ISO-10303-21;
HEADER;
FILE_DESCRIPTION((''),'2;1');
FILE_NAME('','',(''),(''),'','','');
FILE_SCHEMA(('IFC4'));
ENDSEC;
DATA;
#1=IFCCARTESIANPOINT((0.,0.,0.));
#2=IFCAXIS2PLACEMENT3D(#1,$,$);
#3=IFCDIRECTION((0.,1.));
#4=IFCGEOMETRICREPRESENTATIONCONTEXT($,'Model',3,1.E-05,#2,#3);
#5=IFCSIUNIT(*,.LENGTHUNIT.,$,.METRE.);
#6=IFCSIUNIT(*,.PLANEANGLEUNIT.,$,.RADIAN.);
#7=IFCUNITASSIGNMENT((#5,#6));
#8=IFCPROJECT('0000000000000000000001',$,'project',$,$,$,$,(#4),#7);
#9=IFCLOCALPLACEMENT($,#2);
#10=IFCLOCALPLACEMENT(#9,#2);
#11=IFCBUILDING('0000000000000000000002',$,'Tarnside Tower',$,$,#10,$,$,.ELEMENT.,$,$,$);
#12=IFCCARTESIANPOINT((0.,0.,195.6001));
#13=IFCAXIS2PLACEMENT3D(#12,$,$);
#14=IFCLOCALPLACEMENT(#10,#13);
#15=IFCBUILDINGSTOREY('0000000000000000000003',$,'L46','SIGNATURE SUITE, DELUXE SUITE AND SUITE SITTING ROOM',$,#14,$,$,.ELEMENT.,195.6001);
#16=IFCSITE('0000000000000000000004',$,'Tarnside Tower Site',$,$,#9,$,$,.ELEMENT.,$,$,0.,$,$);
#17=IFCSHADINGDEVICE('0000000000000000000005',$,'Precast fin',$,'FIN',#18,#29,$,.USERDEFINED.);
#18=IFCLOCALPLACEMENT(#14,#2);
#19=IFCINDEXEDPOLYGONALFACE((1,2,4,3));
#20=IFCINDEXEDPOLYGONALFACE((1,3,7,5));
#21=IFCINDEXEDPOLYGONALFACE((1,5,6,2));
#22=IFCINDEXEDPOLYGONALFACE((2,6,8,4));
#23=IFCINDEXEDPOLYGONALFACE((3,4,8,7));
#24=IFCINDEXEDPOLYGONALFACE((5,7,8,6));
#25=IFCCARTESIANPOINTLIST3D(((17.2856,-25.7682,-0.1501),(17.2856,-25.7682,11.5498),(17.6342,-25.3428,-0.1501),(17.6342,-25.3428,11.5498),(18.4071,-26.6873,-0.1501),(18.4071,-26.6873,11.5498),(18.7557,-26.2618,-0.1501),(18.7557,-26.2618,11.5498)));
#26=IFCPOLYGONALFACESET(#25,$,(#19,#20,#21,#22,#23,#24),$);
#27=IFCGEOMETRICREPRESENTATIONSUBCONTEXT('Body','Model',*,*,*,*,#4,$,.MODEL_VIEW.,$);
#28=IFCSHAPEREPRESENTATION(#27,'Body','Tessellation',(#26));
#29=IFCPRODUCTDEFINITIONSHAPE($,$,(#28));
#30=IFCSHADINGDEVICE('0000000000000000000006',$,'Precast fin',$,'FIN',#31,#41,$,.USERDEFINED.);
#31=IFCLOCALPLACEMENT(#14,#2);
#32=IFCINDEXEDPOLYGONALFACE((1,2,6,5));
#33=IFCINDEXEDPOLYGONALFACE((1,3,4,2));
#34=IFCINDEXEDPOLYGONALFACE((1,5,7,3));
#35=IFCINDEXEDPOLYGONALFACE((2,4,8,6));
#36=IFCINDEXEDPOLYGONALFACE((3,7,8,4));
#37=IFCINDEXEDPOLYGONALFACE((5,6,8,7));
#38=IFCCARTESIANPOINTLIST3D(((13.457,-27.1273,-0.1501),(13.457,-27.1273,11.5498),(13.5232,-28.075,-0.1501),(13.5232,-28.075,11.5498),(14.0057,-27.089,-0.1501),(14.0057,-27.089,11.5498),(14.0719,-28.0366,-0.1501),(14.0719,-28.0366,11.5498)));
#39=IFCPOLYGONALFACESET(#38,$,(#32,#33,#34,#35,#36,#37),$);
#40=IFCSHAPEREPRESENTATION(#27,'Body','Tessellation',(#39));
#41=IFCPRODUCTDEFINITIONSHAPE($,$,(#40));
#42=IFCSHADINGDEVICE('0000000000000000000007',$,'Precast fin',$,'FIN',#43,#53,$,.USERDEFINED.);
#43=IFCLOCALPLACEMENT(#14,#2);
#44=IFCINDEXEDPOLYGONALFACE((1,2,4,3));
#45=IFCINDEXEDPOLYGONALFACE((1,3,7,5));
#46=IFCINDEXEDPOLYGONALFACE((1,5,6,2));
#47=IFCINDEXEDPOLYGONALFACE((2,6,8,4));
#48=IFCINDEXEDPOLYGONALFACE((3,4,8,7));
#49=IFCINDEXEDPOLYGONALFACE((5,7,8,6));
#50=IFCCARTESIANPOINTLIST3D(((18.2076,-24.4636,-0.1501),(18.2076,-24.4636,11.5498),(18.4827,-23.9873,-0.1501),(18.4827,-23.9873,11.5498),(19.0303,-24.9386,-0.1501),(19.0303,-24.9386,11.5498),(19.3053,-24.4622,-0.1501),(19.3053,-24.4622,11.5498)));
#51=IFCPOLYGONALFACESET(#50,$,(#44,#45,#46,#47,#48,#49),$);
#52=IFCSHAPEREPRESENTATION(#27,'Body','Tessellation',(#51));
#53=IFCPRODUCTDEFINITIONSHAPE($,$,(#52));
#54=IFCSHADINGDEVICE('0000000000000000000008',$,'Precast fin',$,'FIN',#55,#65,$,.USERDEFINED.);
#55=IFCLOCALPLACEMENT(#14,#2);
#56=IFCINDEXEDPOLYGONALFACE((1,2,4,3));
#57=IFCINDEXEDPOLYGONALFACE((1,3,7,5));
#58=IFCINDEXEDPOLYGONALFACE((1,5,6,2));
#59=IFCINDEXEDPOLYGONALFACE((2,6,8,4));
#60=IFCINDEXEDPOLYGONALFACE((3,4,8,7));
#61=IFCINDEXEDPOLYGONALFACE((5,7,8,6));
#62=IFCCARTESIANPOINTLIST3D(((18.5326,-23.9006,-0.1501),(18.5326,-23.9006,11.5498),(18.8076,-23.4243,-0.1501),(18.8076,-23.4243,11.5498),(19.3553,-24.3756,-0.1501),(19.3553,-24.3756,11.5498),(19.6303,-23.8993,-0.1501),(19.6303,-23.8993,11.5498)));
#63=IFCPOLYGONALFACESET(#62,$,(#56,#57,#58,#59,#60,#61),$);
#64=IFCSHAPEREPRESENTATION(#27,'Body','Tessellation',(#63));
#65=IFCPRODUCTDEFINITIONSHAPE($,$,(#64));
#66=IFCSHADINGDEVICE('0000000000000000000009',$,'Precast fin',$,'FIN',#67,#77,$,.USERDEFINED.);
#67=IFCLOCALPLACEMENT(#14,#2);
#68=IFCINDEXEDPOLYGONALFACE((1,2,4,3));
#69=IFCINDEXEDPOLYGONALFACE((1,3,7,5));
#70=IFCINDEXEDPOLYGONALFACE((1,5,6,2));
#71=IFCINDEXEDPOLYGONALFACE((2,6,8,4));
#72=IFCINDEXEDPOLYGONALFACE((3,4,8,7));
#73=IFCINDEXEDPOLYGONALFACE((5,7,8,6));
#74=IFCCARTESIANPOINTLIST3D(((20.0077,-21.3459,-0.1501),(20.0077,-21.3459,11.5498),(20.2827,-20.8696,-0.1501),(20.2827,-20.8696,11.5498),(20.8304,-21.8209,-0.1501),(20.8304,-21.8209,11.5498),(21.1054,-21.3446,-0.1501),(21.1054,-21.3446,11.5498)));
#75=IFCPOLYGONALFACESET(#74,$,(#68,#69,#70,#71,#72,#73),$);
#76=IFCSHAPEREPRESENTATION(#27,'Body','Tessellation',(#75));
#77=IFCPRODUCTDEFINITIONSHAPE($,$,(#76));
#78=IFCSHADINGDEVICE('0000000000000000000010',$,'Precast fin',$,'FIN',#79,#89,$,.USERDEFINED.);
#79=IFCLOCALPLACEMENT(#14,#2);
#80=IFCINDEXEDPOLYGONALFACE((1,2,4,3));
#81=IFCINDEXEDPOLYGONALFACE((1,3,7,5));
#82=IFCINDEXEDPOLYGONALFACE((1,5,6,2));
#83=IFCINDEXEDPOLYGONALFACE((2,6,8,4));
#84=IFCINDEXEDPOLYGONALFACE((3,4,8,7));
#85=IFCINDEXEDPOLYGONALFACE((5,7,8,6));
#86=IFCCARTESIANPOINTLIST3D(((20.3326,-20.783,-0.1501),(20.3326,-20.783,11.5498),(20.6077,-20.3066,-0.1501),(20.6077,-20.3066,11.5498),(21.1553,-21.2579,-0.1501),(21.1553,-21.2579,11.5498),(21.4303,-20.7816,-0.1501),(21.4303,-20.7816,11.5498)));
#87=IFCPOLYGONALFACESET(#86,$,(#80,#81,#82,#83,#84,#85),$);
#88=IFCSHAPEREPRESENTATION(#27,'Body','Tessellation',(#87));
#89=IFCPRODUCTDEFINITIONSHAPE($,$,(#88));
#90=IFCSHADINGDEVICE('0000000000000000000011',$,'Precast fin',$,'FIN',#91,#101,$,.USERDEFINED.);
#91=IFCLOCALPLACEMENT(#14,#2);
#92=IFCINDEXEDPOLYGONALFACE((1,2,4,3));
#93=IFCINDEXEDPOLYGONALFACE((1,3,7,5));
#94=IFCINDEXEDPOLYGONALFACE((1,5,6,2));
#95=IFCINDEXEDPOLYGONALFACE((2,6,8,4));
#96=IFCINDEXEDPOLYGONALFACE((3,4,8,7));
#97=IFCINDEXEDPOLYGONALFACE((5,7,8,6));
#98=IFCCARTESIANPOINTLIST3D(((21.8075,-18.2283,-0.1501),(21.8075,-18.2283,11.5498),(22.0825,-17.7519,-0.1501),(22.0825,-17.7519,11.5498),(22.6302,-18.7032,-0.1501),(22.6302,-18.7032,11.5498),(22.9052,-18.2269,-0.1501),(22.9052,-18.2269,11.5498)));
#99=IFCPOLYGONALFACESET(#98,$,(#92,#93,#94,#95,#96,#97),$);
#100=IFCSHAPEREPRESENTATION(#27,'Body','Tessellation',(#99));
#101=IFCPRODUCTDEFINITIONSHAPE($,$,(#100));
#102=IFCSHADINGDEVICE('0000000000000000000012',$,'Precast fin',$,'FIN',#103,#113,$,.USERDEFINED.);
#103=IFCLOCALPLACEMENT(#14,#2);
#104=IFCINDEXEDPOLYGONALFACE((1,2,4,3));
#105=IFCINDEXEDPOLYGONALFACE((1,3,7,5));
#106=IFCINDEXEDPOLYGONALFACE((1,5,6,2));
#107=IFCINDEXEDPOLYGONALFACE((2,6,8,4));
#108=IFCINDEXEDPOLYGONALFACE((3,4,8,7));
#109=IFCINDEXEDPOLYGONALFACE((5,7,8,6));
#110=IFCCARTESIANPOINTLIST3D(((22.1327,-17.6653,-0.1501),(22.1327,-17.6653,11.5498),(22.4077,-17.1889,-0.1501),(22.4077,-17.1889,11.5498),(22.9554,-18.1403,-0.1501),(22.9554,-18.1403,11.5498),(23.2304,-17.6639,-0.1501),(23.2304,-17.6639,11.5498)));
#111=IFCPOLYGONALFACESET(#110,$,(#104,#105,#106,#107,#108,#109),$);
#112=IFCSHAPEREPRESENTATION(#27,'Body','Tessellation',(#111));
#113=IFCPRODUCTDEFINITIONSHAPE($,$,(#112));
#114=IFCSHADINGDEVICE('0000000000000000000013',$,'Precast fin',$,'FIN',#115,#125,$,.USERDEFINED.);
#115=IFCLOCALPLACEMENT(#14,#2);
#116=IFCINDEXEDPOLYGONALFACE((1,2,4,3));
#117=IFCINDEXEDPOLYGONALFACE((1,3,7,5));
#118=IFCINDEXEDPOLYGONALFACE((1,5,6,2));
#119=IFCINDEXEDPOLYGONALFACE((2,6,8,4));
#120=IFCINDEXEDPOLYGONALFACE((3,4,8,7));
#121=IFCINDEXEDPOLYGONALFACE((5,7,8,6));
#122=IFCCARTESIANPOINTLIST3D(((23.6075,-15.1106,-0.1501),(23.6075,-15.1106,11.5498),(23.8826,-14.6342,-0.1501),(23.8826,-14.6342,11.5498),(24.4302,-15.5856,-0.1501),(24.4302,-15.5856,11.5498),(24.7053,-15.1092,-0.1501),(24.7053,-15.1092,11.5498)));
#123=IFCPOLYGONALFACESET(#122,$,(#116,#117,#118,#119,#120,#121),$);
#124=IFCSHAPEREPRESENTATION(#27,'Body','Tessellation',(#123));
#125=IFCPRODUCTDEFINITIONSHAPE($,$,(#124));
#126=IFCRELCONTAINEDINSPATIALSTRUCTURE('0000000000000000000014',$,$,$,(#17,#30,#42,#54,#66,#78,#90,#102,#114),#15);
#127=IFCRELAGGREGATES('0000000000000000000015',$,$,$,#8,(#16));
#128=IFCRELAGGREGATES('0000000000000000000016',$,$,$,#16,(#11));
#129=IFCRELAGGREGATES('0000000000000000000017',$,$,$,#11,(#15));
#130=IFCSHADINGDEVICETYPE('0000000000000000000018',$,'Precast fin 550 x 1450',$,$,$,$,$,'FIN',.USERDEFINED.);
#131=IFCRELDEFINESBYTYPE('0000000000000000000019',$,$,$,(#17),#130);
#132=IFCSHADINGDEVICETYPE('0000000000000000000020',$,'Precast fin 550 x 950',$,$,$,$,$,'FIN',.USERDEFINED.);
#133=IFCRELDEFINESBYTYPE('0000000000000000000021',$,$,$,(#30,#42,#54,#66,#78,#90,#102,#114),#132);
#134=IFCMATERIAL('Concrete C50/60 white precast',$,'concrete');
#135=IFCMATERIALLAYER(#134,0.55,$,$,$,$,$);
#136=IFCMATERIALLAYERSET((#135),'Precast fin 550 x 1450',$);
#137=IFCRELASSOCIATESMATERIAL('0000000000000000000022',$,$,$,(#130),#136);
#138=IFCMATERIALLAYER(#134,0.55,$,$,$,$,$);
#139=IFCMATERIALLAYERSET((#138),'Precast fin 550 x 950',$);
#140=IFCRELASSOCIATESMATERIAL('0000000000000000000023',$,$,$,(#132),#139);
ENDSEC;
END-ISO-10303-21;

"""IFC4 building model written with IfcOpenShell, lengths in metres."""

from ifc_helpers import new_model, si_unit, direction, frame, origin, place, context, subcontext, project, spatial, polyline, outline, extrude, material, layer, layer_set, type_object, element, save


model = new_model("IFC4")

# Units and contexts
model_context = context("Model", 3, precision=1e-05, world=origin(), true_north=direction((0.0, 1.0)))
body_context = subcontext(model_context, "Body", "Model", "MODEL_VIEW")
ifc_project = project(units=[si_unit("LENGTHUNIT", "METRE"), si_unit("PLANEANGLEUNIT", "RADIAN")], contexts=[model_context])

# Site, building, storey
site_placement = place(None, origin())
site = spatial("IfcSite", under=ifc_project, at=site_placement, Name="Tarnside Tower Site", CompositionType="ELEMENT", RefElevation=0.0)
building_placement = place(site_placement, origin())
building = spatial("IfcBuilding", under=site, at=building_placement, Name="Tarnside Tower", CompositionType="ELEMENT")
storey_placement = place(building_placement, frame((0.0, 0.0, 195.6001)))
storey = spatial("IfcBuildingStorey", under=building, at=storey_placement, Name="L46", Description="SIGNATURE SUITE, DELUXE SUITE AND SUITE SITTING ROOM", CompositionType="ELEMENT", Elevation=195.6001)

# Shading devices
ifc_material_1 = material(Name="Concrete C50/60 white precast", Category="concrete")
ifc_layer_1 = layer(ifc_material_1, 0.55)
ifc_layer_set_1 = layer_set([ifc_layer_1], Name="Precast fin 550 x 1450")
shading_device_type_1 = type_object("IfcShadingDeviceType", Name="Precast fin 550 x 1450", ElementType="FIN", PredefinedType="USERDEFINED", material=ifc_layer_set_1)
for number, where, z_axis, x_axis, name in (
    (1, (17.46, -25.5554, -0.1501), (-0.633831, -0.773472, 0.0), (0.773472, -0.633831, 0.0), "Precast fin"),
):
    element("IfcShadingDevice", number, at=place(storey_placement, frame(where, z_axis=z_axis, x_axis=x_axis)), inside=storey, type_object=shading_device_type_1, Name=name, ObjectType="FIN", PredefinedType="USERDEFINED", context=body_context, shape_type="SweptSolid", body=[
        extrude(outline(polyline([(0.0, 0.0), (1.45, 0.0), (1.45, 11.7), (0.0, 11.7), (0.0, 0.0)])), frame((0.0, 0.0, -0.2749)), (0.0, 0.0, 1.0), 0.55),
    ])
ifc_layer_2 = layer(ifc_material_1, 0.55)
ifc_layer_set_2 = layer_set([ifc_layer_2], Name="Precast fin 550 x 950")
shading_device_type_2 = type_object("IfcShadingDeviceType", Name="Precast fin 550 x 950", ElementType="FIN", PredefinedType="USERDEFINED", material=ifc_layer_set_2)
for number, where, z_axis, x_axis, name in (
    (2, (13.7314, -27.1082, -0.1501), (-0.997564, -0.069756, 0.0), (0.069756, -0.997564, 0.0), "Precast fin"),
    (3, (18.3452, -24.2253, -0.1501), (-0.5, -0.866025, 0.0), (0.866025, -0.5, 0.0), "Precast fin"),
    (4, (18.6702, -23.6624, -0.1501), (-0.5, -0.866025, 0.0), (0.866025, -0.5, 0.0), "Precast fin"),
    (5, (20.1453, -21.1077, -0.1501), (-0.5, -0.866025, 0.0), (0.866025, -0.5, 0.0), "Precast fin"),
    (6, (20.4702, -20.5447, -0.1501), (-0.5, -0.866025, 0.0), (0.866025, -0.5, 0.0), "Precast fin"),
    (7, (21.9451, -17.99, -0.1501), (-0.5, -0.866025, 0.0), (0.866025, -0.5, 0.0), "Precast fin"),
    (8, (22.2703, -17.427, -0.1501), (-0.5, -0.866025, 0.0), (0.866025, -0.5, 0.0), "Precast fin"),
    (9, (23.7451, -14.8723, -0.1501), (-0.5, -0.866025, 0.0), (0.866025, -0.5, 0.0), "Precast fin"),
):
    element("IfcShadingDevice", number, at=place(storey_placement, frame(where, z_axis=z_axis, x_axis=x_axis)), inside=storey, type_object=shading_device_type_2, Name=name, ObjectType="FIN", PredefinedType="USERDEFINED", context=body_context, shape_type="SweptSolid", body=[
        extrude(outline(polyline([(0.0, 0.0), (0.95, 0.0), (0.95, 11.7), (0.0, 11.7), (0.0, 0.0)])), frame((0.0, 0.0, -0.2749)), (0.0, 0.0, 1.0), 0.55),
    ])

save(model, "model.ifc")
